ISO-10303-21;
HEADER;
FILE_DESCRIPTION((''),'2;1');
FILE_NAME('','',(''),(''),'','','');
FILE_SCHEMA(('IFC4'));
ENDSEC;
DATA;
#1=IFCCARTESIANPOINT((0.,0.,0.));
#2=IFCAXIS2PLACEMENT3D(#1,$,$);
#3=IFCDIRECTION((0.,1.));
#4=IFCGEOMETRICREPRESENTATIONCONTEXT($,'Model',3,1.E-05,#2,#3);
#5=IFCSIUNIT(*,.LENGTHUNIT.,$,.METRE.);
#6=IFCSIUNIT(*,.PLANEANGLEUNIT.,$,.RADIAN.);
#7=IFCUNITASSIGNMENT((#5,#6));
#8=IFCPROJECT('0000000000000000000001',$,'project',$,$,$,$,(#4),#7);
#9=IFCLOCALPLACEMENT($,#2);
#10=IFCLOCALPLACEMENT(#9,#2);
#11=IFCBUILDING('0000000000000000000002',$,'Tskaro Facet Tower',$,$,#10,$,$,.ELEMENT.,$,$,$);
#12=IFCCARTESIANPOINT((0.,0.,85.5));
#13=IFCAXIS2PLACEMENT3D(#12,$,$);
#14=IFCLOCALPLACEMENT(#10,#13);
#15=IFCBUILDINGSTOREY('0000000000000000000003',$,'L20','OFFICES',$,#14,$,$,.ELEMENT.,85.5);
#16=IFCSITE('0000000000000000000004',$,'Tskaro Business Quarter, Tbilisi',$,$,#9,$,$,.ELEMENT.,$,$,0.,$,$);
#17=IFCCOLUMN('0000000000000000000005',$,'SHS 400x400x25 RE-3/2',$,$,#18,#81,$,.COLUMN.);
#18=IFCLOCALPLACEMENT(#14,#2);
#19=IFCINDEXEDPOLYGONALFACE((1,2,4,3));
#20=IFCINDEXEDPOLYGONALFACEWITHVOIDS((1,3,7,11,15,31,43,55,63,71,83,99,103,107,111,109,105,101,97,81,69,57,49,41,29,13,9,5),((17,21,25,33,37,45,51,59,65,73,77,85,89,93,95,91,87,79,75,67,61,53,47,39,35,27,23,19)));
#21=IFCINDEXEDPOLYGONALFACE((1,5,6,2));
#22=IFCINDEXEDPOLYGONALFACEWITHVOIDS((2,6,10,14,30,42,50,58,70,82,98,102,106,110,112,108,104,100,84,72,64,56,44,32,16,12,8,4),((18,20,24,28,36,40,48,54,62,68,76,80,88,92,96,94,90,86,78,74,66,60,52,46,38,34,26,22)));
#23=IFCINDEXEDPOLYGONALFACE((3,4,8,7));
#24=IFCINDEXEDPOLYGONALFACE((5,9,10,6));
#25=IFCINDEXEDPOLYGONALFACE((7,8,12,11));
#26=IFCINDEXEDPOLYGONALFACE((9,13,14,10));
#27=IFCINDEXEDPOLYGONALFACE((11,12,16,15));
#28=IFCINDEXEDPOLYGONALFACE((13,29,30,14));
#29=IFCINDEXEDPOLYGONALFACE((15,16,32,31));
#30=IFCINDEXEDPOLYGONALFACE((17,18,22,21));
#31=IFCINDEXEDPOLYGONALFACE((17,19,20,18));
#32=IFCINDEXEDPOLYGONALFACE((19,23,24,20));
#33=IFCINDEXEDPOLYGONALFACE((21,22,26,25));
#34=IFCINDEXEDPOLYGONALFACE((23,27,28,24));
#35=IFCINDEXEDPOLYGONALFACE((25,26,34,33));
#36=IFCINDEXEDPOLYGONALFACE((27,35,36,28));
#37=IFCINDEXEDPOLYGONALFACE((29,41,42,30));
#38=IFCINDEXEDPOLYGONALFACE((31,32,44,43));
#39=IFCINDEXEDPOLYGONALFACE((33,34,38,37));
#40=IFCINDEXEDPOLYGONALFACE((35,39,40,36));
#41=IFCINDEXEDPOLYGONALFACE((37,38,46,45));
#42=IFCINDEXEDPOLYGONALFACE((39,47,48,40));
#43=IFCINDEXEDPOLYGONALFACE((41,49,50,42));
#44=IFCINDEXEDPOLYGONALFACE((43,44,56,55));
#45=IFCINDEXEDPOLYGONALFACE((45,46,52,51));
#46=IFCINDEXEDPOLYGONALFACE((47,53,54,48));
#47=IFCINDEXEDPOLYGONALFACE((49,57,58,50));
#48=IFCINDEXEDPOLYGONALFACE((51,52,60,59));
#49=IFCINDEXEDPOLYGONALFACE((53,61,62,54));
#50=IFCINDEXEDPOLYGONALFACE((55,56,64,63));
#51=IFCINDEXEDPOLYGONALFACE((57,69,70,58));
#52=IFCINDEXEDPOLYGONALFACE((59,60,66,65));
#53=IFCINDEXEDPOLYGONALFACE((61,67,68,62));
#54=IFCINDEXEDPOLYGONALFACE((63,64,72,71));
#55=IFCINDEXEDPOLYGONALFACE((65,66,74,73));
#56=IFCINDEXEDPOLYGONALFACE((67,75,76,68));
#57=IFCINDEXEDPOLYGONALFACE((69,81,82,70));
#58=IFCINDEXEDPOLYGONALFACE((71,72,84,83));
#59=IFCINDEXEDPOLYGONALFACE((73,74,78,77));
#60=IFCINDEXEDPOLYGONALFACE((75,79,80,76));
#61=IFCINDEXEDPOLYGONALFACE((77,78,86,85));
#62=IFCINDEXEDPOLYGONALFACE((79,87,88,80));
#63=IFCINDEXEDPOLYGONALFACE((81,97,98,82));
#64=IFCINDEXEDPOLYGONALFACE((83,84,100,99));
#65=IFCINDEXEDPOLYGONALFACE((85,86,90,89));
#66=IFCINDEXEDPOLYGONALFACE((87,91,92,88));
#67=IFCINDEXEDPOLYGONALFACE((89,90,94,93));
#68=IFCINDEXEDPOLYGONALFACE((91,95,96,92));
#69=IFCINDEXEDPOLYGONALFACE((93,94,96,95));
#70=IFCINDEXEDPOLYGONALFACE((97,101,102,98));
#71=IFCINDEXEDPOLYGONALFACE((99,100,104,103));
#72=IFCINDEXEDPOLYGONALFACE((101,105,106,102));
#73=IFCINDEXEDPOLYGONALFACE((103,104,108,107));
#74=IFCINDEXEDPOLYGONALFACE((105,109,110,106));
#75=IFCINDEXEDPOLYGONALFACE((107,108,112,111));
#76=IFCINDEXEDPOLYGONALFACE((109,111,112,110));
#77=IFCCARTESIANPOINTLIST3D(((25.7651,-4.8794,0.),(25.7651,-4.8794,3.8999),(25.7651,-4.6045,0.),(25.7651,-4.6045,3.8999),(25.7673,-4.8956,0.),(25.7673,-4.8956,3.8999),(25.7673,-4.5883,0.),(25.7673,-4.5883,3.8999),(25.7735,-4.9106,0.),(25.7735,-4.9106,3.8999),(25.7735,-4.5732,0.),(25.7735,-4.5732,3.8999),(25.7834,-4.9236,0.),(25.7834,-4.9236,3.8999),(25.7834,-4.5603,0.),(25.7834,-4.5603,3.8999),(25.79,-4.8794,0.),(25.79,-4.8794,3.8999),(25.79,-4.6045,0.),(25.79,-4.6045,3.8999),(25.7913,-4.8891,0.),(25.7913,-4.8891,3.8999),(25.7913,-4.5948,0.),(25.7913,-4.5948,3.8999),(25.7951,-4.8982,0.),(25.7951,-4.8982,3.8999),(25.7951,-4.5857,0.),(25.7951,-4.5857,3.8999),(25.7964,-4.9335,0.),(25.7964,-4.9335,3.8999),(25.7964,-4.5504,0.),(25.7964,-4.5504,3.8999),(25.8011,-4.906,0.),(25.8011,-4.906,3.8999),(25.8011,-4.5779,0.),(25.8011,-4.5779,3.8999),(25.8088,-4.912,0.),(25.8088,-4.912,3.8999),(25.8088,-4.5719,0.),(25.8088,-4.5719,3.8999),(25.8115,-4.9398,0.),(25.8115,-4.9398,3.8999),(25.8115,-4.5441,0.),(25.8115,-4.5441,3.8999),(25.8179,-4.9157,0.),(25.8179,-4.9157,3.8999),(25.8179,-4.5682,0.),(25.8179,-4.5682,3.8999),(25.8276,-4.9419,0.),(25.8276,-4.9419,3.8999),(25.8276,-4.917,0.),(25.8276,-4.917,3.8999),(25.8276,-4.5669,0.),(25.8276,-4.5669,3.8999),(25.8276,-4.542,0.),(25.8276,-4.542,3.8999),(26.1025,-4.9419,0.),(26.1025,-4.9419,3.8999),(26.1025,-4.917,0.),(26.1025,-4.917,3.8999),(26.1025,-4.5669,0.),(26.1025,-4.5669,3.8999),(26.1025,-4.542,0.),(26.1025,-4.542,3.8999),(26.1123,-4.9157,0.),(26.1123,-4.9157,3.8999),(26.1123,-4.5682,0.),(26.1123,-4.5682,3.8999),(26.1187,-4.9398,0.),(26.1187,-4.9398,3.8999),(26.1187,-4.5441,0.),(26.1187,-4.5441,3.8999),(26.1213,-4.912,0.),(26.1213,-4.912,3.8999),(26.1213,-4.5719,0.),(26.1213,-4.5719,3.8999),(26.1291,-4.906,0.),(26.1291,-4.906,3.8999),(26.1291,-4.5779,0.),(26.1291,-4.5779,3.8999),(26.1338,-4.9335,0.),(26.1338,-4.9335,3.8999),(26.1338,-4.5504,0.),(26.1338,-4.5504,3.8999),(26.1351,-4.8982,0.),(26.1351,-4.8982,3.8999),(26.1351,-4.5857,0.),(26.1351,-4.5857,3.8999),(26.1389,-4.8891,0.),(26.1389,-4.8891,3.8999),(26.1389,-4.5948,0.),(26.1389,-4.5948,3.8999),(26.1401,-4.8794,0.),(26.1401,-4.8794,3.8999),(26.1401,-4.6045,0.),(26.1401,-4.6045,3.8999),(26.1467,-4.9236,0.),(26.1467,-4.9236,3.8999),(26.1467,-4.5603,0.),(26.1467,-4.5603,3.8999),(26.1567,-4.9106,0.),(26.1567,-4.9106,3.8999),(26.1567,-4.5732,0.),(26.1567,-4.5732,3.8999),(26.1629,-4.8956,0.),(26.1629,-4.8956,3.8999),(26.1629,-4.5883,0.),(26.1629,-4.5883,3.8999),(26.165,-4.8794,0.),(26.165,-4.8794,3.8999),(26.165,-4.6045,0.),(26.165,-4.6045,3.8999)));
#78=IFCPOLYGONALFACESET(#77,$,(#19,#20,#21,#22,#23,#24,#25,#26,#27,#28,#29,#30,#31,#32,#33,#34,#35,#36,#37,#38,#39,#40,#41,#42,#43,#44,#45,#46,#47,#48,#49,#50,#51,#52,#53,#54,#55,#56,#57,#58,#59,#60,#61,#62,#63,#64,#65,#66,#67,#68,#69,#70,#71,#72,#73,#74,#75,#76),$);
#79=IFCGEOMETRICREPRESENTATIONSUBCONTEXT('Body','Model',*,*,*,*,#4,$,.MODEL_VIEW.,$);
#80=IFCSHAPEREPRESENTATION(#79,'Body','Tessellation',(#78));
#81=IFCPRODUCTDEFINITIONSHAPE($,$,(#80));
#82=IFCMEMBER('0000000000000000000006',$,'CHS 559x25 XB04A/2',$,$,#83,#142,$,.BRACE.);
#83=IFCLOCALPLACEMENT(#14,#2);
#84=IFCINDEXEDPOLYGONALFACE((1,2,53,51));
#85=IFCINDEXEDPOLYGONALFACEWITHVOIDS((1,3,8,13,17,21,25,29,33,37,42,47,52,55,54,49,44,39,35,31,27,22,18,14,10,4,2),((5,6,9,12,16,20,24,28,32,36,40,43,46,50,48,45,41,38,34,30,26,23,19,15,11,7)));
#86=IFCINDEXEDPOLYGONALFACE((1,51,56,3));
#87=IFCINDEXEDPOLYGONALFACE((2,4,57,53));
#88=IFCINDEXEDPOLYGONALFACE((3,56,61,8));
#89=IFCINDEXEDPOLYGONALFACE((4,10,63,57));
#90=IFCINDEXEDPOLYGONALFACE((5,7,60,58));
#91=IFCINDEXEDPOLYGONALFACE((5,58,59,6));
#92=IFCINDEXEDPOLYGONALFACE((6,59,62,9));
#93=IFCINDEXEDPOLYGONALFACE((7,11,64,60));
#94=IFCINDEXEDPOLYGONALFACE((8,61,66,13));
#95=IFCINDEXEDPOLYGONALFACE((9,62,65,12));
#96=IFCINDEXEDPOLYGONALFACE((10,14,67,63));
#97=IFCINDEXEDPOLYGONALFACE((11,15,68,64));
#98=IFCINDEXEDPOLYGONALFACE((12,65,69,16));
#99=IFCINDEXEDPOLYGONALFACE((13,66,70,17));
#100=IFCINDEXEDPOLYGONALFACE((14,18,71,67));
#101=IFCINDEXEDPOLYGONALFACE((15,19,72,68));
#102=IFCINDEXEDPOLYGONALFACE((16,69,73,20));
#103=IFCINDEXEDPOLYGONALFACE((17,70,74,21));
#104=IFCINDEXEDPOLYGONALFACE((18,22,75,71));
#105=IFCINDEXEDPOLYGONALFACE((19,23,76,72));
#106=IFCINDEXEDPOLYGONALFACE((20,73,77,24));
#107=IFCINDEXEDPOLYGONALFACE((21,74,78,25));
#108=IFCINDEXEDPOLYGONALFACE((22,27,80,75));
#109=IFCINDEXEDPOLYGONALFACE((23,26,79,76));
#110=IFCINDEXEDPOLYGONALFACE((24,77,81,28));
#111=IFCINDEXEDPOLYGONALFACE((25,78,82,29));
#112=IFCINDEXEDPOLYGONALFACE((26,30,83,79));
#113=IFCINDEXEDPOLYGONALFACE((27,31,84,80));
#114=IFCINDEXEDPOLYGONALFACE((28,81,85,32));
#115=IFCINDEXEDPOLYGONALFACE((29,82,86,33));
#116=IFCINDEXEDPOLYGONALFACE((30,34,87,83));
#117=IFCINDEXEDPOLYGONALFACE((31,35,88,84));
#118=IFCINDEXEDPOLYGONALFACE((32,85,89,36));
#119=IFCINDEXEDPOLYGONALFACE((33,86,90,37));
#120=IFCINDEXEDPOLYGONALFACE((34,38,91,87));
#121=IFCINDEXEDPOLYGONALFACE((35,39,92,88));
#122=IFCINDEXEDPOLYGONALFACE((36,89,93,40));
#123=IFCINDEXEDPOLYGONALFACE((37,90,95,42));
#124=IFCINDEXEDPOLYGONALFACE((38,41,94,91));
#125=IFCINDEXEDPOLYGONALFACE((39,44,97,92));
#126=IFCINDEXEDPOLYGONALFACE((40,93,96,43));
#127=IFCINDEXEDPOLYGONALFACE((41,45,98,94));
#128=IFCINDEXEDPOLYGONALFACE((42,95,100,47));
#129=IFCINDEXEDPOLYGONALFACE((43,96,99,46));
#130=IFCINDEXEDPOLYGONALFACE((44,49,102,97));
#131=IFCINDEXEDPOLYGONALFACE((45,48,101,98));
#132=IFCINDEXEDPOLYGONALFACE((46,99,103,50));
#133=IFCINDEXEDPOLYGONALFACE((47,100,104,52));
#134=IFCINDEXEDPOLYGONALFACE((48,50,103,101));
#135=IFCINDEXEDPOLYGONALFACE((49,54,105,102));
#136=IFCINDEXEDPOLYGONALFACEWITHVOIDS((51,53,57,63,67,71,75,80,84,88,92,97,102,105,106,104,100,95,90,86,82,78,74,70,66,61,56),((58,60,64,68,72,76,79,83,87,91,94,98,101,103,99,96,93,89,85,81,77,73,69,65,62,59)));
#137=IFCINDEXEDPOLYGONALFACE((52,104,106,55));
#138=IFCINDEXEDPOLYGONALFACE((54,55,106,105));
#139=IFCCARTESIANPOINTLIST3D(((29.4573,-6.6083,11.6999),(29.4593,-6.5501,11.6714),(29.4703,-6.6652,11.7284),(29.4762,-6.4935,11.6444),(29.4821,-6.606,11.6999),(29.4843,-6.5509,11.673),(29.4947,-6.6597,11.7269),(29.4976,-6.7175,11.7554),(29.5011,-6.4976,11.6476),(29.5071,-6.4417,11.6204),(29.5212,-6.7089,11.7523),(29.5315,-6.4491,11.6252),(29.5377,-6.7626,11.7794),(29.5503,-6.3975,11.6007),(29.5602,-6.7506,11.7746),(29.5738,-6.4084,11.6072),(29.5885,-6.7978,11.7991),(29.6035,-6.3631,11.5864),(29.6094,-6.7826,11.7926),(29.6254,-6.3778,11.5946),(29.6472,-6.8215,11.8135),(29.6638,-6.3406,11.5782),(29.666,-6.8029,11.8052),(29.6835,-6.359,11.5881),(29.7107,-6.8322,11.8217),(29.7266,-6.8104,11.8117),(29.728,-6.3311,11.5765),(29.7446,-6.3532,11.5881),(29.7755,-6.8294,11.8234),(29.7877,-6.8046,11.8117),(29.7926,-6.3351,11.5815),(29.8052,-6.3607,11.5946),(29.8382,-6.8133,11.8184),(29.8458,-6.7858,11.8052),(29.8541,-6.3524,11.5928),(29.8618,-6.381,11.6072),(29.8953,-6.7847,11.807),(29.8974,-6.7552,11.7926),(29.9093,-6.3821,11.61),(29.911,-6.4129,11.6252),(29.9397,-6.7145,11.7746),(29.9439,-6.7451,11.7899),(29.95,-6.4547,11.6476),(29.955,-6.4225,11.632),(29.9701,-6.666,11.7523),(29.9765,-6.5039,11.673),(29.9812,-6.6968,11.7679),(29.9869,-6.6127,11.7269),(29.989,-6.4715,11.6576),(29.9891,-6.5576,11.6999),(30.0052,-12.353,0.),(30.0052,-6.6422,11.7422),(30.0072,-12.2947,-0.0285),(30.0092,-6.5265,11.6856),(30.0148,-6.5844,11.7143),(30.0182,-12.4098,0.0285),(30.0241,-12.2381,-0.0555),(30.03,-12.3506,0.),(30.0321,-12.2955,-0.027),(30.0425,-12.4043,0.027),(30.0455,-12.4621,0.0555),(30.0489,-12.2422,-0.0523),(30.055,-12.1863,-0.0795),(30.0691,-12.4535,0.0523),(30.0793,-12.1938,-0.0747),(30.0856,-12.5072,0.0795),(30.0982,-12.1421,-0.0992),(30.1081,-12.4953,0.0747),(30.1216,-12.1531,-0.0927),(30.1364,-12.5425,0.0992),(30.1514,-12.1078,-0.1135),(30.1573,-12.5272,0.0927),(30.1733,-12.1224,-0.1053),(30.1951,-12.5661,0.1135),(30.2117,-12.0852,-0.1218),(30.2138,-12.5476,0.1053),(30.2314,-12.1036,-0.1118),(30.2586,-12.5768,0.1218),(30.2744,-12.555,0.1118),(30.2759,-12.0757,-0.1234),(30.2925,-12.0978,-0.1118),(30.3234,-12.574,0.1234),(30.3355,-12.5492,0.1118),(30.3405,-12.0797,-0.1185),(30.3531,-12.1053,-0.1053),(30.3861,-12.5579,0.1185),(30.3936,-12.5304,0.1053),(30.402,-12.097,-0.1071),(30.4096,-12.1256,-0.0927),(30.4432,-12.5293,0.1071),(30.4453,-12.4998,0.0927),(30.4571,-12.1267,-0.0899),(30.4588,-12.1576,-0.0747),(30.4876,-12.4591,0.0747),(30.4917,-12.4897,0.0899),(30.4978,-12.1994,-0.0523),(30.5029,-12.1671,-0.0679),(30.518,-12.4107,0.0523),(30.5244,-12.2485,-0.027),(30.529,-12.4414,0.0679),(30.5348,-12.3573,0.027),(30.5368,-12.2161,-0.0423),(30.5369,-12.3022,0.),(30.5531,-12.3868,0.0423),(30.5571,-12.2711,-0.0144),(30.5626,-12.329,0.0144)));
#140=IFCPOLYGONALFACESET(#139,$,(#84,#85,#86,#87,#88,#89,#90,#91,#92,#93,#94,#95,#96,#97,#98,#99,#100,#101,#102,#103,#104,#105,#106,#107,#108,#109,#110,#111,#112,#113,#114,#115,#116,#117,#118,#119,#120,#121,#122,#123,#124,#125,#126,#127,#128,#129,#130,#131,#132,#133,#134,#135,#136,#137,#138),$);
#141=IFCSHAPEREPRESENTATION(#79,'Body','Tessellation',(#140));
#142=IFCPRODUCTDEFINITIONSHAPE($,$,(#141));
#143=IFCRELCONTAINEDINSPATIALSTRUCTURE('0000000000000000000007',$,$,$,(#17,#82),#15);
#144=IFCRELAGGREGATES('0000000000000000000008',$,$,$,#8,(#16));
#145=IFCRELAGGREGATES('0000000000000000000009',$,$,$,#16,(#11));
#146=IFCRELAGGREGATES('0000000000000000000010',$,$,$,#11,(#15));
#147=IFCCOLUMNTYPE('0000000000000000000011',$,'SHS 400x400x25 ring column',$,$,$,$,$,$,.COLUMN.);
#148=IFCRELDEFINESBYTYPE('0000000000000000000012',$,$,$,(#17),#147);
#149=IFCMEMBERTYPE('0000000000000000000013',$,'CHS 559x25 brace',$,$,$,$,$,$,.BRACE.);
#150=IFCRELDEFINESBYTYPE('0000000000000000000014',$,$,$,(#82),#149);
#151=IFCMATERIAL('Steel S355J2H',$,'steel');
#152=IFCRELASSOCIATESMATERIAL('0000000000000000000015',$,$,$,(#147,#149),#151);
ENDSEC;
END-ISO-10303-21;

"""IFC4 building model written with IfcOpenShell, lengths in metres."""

from ifc_helpers import new_model, si_unit, direction, frame, origin, origin_2d, place, context, subcontext, project, spatial, hollow_rectangle, hollow_circle, extrude, material, material_profile, profile_set, type_object, element, save


model = new_model("IFC4")

# Units and contexts
model_context = context("Model", 3, precision=1e-05, world=origin(), true_north=direction((0.0, 1.0)))
body_context = subcontext(model_context, "Body", "Model", "MODEL_VIEW")
ifc_project = project(units=[si_unit("LENGTHUNIT", "METRE"), si_unit("PLANEANGLEUNIT", "RADIAN")], contexts=[model_context])

# Site, building, storey
site_placement = place(None, origin())
site = spatial("IfcSite", under=ifc_project, at=site_placement, Name="Tskaro Business Quarter, Tbilisi", CompositionType="ELEMENT", RefElevation=0.0)
building_placement = place(site_placement, origin())
building = spatial("IfcBuilding", under=site, at=building_placement, Name="Tskaro Facet Tower", CompositionType="ELEMENT")
storey_placement = place(building_placement, frame((0.0, 0.0, 85.5)))
storey = spatial("IfcBuildingStorey", under=building, at=storey_placement, Name="L20", Description="OFFICES", CompositionType="ELEMENT", Elevation=85.5)

# Column
ifc_material_1 = material(Name="Steel S355J2H", Category="steel")
ifc_material_profile_1 = material_profile(ifc_material_1, hollow_rectangle(XDim=0.3999, YDim=0.3999, WallThickness=0.0249, InnerFilletRadius=0.0376, OuterFilletRadius=0.0625, at=origin_2d()), Name="SHS 400x400x25")
ifc_profile_set_1 = profile_set([ifc_material_profile_1], Name="Steel S355J2H")
column_type_1 = type_object("IfcColumnType", Name="SHS 400x400x25 ring column", PredefinedType="COLUMN", material=ifc_profile_set_1)
for number, where, z_axis, x_axis, name in (
    (1, (25.9651, -4.7419, 0.0), (0.0, 0.0, 1.0), (1.0, 0.0, 0.0), "SHS 400x400x25 RE-3/2"),
):
    element("IfcColumn", number, at=place(storey_placement, frame(where, z_axis=z_axis, x_axis=x_axis)), inside=storey, type_object=column_type_1, Name=name, PredefinedType="COLUMN", context=body_context, shape_type="SweptSolid", body=[
        extrude(hollow_rectangle(XDim=0.3999, YDim=0.3999, WallThickness=0.0249, InnerFilletRadius=0.0376, OuterFilletRadius=0.0625, at=origin_2d()), origin(), (0.0, 0.0, 1.0), 3.8999),
    ])

# Member
ifc_material_profile_2 = material_profile(ifc_material_1, hollow_circle(Radius=0.2795, WallThickness=0.0249, at=origin_2d()), Name="CHS 559x25")
ifc_profile_set_2 = profile_set([ifc_material_profile_2], Name="Steel S355J2H")
member_type_1 = type_object("IfcMemberType", Name="CHS 559x25 brace", PredefinedType="BRACE", material=ifc_profile_set_2)
member_1_placement = place(storey_placement, frame((30.2834, -12.3264, 0.0), z_axis=(-0.041995, 0.440347, 0.896845), x_axis=(-0.995483, -0.094937, 0.0)))
element("IfcMember", 2, at=member_1_placement, inside=storey, type_object=member_type_1, Name="CHS 559x25 XB04A/2", PredefinedType="BRACE", context=body_context, shape_type="SweptSolid", body=[
    extrude(hollow_circle(Radius=0.2795, WallThickness=0.0249, at=origin_2d()), origin(), (0.0, 0.0, 1.0), 13.0457),
])

save(model, "model.ifc")
